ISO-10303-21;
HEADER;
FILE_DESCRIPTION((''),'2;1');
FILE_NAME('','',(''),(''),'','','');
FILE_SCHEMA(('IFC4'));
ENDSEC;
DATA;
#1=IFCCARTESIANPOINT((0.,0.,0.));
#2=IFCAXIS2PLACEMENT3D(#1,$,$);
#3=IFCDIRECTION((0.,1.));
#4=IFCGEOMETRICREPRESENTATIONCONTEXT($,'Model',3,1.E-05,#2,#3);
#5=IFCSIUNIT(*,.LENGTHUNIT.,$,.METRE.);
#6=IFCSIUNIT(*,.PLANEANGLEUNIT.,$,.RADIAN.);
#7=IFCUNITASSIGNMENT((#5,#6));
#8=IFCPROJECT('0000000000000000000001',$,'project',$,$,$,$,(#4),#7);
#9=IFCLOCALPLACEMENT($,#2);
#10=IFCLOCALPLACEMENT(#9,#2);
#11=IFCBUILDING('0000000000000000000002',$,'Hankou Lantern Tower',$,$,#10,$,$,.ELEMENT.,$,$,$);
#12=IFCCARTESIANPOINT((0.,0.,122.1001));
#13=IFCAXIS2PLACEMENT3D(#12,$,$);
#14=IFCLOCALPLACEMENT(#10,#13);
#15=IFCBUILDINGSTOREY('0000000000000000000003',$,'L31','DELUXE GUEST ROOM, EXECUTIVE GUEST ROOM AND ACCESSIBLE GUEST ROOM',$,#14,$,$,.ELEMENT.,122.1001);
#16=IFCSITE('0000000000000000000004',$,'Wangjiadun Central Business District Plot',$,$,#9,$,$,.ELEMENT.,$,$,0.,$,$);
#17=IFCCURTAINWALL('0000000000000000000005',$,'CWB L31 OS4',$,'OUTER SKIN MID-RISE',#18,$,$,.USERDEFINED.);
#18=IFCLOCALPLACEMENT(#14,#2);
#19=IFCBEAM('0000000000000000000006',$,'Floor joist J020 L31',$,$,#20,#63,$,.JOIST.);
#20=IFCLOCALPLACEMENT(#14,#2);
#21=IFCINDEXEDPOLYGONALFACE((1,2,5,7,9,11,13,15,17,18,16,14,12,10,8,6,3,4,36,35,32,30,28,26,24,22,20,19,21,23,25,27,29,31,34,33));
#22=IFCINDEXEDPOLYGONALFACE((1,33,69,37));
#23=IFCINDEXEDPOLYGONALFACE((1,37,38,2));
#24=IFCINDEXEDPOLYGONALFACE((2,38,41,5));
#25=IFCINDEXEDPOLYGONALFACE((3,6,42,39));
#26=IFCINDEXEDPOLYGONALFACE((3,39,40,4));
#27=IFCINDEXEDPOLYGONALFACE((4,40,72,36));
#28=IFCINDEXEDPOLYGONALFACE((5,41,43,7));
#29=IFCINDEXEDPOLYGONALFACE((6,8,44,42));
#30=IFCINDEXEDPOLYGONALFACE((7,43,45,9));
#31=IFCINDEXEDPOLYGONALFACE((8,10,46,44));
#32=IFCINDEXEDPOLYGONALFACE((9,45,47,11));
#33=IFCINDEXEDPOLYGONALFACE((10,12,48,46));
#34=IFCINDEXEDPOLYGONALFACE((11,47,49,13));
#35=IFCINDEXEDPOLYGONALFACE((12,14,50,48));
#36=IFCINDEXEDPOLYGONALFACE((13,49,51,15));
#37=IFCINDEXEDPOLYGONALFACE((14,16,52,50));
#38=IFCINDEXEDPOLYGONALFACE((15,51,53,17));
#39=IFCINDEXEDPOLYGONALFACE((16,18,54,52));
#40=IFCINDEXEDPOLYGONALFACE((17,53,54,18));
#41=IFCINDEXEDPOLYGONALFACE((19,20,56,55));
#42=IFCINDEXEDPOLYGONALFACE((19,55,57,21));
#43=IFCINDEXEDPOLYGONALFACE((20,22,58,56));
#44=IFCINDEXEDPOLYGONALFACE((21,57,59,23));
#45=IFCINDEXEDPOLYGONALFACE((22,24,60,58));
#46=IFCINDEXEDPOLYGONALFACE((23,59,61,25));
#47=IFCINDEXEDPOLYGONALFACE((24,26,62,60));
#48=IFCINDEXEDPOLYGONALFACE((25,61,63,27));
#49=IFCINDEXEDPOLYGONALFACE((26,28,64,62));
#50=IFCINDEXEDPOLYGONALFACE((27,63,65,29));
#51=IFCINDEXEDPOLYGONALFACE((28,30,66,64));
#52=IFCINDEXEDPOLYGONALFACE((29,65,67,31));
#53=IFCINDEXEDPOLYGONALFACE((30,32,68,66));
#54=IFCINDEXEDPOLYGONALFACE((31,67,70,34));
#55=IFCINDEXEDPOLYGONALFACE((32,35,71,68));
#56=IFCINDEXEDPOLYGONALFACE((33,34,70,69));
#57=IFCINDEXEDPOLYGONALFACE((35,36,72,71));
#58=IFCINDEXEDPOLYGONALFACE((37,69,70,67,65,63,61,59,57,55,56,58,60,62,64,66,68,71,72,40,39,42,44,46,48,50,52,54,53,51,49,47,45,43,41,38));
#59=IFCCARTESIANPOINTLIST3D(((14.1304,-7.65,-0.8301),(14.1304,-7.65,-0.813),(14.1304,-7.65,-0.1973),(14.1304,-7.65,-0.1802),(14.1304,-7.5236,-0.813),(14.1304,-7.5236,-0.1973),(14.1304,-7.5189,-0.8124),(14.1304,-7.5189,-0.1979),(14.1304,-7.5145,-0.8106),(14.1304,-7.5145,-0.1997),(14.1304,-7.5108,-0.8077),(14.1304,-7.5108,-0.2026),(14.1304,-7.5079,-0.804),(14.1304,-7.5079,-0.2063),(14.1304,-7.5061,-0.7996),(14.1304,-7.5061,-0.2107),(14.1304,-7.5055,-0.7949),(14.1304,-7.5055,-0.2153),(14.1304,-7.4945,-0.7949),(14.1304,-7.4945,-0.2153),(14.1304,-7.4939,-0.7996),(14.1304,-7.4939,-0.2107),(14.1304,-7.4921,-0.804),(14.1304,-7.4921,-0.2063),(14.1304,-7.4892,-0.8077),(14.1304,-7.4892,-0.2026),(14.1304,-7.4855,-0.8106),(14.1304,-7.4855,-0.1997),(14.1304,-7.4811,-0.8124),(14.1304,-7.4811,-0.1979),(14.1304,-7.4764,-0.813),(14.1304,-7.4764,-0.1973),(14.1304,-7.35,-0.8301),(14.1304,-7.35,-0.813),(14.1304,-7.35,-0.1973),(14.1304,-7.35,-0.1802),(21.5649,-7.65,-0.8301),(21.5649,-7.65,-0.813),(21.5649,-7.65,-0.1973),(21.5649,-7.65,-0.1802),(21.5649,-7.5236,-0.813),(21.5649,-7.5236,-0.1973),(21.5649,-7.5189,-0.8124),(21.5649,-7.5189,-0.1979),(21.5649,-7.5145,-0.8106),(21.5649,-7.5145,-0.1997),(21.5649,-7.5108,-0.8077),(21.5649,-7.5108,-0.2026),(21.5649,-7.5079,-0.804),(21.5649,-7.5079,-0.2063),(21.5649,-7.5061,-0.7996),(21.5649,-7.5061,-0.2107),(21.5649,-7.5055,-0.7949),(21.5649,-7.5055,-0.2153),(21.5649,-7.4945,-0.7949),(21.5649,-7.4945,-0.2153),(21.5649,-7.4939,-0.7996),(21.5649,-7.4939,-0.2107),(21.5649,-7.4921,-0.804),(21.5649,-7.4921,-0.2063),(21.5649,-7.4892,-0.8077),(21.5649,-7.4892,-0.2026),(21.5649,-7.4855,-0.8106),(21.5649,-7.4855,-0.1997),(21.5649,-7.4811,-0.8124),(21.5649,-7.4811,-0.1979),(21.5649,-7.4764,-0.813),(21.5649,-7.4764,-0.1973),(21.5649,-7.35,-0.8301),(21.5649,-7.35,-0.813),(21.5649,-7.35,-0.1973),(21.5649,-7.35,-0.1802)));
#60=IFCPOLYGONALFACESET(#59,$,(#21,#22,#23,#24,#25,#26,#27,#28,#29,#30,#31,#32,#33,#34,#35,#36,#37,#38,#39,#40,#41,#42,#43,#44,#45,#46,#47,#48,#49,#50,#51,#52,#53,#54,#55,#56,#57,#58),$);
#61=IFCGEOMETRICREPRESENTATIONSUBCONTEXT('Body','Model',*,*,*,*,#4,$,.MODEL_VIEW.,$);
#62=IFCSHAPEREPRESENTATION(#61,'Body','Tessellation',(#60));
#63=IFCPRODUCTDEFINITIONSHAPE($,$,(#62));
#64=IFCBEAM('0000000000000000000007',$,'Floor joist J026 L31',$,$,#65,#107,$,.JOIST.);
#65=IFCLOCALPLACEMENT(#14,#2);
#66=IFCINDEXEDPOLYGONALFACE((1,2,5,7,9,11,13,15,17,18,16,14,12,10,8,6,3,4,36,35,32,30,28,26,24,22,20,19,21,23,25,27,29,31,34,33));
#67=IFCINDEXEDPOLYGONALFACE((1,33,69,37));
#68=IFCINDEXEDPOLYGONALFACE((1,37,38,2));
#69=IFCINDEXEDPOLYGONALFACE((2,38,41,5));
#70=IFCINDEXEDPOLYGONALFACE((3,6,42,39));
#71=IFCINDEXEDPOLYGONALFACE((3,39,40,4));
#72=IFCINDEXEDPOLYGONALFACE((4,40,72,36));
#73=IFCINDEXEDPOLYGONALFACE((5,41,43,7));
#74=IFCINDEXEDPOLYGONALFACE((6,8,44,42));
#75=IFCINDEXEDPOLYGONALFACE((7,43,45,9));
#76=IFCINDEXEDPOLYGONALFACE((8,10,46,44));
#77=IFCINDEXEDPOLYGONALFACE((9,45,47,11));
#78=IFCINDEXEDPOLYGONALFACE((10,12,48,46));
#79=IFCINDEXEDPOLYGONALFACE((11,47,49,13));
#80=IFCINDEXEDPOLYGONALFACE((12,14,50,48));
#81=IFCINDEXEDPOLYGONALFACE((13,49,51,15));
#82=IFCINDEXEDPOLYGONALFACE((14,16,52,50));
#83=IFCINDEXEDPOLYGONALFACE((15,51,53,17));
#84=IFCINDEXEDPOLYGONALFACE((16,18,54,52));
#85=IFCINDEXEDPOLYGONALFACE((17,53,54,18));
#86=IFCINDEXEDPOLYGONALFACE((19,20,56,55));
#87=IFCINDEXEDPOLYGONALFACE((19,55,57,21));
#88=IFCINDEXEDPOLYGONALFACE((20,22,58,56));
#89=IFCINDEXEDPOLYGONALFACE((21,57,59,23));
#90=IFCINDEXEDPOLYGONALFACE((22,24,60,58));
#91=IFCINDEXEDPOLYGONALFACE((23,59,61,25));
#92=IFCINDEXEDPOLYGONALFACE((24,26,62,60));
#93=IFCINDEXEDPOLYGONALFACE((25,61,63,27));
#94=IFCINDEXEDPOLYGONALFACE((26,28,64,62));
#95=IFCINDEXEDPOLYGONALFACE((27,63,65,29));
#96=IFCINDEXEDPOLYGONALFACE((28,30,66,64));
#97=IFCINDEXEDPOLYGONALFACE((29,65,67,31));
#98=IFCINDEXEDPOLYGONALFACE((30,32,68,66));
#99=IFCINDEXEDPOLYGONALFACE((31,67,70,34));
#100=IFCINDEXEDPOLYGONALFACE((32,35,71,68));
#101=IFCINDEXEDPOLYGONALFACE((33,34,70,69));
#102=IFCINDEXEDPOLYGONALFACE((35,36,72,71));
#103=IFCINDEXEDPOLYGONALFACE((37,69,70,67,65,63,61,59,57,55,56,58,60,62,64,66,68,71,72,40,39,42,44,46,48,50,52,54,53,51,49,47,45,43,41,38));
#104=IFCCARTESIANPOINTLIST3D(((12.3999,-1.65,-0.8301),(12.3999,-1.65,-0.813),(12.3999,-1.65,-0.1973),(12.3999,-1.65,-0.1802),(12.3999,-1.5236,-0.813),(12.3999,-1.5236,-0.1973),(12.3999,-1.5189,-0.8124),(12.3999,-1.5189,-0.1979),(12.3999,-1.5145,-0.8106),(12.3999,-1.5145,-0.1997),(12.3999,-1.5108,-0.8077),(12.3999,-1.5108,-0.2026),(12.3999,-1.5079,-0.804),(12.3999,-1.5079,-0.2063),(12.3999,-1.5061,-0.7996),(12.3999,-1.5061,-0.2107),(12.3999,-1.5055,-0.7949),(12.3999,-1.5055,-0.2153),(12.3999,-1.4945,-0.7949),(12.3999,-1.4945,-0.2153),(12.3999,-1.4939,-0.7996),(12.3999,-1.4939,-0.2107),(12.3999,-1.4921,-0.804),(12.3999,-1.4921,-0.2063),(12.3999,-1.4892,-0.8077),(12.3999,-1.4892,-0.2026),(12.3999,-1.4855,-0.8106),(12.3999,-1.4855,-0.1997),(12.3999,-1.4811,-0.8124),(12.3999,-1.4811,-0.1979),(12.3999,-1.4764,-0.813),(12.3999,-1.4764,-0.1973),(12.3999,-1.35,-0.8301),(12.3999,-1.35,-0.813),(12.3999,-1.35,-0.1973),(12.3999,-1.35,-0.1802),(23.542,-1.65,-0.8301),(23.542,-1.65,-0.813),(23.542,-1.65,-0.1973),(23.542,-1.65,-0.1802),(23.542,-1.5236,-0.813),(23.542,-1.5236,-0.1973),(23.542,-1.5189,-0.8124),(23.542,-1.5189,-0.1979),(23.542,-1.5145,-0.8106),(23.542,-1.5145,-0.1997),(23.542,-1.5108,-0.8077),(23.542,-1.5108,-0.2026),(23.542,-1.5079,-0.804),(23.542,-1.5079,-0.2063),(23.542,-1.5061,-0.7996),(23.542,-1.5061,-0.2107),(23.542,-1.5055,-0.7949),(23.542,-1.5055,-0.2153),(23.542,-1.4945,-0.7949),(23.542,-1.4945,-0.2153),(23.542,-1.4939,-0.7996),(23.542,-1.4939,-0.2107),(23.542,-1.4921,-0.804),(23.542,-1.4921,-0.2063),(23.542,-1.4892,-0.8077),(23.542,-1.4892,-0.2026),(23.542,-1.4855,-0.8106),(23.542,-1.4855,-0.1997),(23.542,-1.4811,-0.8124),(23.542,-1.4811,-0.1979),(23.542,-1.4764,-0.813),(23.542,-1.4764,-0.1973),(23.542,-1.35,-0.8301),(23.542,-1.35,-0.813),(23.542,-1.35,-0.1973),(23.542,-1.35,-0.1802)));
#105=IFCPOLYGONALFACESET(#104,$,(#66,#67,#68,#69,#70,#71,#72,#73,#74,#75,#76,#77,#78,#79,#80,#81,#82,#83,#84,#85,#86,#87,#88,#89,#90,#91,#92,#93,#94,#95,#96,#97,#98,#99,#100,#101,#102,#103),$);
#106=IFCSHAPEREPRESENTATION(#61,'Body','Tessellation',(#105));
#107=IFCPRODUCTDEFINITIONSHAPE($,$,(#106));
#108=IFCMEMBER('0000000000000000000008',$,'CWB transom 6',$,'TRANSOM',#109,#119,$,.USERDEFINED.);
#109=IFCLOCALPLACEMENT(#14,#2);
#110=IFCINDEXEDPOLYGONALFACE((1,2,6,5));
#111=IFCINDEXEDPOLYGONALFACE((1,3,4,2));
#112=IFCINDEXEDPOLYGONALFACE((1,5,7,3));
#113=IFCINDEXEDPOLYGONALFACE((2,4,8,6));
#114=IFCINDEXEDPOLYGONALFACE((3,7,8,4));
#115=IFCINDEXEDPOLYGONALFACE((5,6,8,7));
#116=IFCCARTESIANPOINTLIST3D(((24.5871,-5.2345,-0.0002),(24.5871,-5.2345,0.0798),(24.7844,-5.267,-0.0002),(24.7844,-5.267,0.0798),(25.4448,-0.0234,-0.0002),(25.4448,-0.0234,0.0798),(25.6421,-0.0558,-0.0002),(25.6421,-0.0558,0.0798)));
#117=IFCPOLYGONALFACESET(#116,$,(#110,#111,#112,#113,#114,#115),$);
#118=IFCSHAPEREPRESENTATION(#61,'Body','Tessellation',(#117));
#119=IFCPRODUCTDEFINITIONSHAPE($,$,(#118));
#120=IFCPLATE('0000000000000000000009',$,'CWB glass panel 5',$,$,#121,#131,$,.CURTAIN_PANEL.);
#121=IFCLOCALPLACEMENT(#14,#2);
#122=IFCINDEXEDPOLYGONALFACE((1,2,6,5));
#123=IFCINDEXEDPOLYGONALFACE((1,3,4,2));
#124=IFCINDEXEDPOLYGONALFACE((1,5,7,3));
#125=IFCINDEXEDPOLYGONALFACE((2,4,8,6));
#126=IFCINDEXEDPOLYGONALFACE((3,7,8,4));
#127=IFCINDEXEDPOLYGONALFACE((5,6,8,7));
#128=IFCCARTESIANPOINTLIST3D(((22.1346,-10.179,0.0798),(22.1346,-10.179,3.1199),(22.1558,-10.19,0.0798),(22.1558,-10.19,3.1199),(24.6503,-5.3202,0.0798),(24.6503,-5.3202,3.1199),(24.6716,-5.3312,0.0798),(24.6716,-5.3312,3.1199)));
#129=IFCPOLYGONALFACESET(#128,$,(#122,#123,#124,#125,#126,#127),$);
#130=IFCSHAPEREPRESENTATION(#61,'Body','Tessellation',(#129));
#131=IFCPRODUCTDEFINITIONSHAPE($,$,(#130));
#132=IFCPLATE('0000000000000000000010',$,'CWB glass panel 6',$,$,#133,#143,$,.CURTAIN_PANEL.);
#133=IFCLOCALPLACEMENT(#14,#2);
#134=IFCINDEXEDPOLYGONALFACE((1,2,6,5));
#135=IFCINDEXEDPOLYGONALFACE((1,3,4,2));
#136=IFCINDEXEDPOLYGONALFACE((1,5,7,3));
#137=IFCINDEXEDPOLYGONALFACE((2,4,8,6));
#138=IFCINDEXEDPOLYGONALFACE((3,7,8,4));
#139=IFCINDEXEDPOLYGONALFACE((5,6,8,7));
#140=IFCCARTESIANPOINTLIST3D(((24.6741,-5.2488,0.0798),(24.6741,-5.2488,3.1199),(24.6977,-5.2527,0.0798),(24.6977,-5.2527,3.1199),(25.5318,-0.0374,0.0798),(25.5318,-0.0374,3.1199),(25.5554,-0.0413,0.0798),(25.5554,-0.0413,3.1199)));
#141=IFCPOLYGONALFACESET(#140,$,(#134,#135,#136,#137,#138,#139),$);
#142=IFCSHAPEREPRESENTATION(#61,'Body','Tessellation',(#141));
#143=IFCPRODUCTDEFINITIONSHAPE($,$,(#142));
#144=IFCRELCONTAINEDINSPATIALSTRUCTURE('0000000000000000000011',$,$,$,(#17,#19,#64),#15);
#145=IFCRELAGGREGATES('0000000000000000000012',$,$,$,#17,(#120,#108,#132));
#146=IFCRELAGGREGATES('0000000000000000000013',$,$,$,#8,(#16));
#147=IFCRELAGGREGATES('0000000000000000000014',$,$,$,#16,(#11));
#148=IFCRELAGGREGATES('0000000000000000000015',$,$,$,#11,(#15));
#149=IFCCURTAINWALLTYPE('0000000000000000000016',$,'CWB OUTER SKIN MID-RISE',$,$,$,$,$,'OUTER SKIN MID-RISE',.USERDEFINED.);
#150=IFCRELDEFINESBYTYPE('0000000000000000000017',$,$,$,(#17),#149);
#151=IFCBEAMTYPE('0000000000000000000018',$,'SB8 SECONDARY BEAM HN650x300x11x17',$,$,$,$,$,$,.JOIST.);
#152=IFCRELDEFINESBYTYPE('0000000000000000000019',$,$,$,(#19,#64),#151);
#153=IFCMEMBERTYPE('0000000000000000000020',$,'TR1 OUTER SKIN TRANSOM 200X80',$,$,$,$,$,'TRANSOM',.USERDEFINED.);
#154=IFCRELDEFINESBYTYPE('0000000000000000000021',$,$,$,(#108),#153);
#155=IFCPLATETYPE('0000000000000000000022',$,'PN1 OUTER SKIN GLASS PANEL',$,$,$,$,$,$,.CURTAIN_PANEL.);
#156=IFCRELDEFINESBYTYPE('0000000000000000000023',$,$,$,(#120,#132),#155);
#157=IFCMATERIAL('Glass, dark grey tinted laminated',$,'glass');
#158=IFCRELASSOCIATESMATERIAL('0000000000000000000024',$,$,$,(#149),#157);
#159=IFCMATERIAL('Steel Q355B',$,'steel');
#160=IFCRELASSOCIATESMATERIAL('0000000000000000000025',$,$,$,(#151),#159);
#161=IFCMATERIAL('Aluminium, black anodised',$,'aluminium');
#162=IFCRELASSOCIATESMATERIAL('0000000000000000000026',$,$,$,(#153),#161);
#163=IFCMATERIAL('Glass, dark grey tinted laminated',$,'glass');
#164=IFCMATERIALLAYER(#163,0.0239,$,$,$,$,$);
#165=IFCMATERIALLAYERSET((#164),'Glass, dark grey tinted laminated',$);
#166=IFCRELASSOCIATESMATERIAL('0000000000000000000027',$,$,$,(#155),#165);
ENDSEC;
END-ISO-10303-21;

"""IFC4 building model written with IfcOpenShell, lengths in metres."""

from ifc_helpers import new_model, si_unit, direction, frame, origin, origin_2d, place, context, subcontext, project, spatial, rectangle, i_section, extrude, material, layer, layer_set, material_profile, profile_set, type_object, element, aggregate, save


model = new_model("IFC4")

# Units and contexts
model_context = context("Model", 3, precision=1e-05, world=origin(), true_north=direction((0.0, 1.0)))
body_context = subcontext(model_context, "Body", "Model", "MODEL_VIEW")
ifc_project = project(units=[si_unit("LENGTHUNIT", "METRE"), si_unit("PLANEANGLEUNIT", "RADIAN")], contexts=[model_context])

# Site, building, storey
site_placement = place(None, origin())
site = spatial("IfcSite", under=ifc_project, at=site_placement, Name="Wangjiadun Central Business District Plot", CompositionType="ELEMENT", RefElevation=0.0)
building_placement = place(site_placement, origin())
building = spatial("IfcBuilding", under=site, at=building_placement, Name="Hankou Lantern Tower", CompositionType="ELEMENT")
storey_placement = place(building_placement, frame((0.0, 0.0, 122.1001)))
storey = spatial("IfcBuildingStorey", under=building, at=storey_placement, Name="L31", Description="DELUXE GUEST ROOM, EXECUTIVE GUEST ROOM AND ACCESSIBLE GUEST ROOM", CompositionType="ELEMENT", Elevation=122.1001)

# Curtain wall
ifc_material_1 = material(Name="Glass, dark grey tinted laminated", Category="glass")
curtain_wall_type = type_object("IfcCurtainWallType", Name="CWB OUTER SKIN MID-RISE", ElementType="OUTER SKIN MID-RISE", PredefinedType="USERDEFINED", material=ifc_material_1)
curtain_wall_placement = place(storey_placement, origin())
curtain_wall = element("IfcCurtainWall", 1, at=curtain_wall_placement, inside=storey, type_object=curtain_wall_type, Name="CWB L31 OS4", ObjectType="OUTER SKIN MID-RISE", PredefinedType="USERDEFINED")

# Beams
ifc_material_2 = material(Name="Steel Q355B", Category="steel")
ifc_material_profile_1 = material_profile(ifc_material_2, i_section(OverallWidth=0.3, OverallDepth=0.6499, WebThickness=0.011, FlangeThickness=0.0171, FilletRadius=0.0181, at=origin_2d()), Name="HN650x300x11x17")
ifc_profile_set_1 = profile_set([ifc_material_profile_1], Name="Steel Q355B")
beam_type_1 = type_object("IfcBeamType", Name="SB8 SECONDARY BEAM HN650x300x11x17", PredefinedType="JOIST", material=ifc_profile_set_1)
beam_1_placement = place(storey_placement, frame((14.1304, -7.5, -0.5051), z_axis=(1.0, 0.0, 0.0), x_axis=(0.0, 1.0, 0.0)))
element("IfcBeam", 2, at=beam_1_placement, inside=storey, type_object=beam_type_1, Name="Floor joist J020 L31", PredefinedType="JOIST", context=body_context, shape_type="SweptSolid", body=[
    extrude(i_section(OverallWidth=0.3, OverallDepth=0.6499, WebThickness=0.011, FlangeThickness=0.0171, FilletRadius=0.0181, at=origin_2d()), origin(), (0.0, 0.0, 1.0), 7.4346),
])
beam_2_placement = place(storey_placement, frame((12.3999, -1.5, -0.5051), z_axis=(1.0, 0.0, 0.0), x_axis=(0.0, 1.0, 0.0)))
element("IfcBeam", 3, at=beam_2_placement, inside=storey, type_object=beam_type_1, Name="Floor joist J026 L31", PredefinedType="JOIST", context=body_context, shape_type="SweptSolid", body=[
    extrude(i_section(OverallWidth=0.3, OverallDepth=0.6499, WebThickness=0.011, FlangeThickness=0.0171, FilletRadius=0.0181, at=origin_2d()), origin(), (0.0, 0.0, 1.0), 11.1421),
])

# Member
ifc_material_3 = material(Name="Aluminium, black anodised", Category="aluminium")
ifc_material_profile_2 = material_profile(ifc_material_3, rectangle(XDim=0.2, YDim=0.0801, at=origin_2d()), Name="TR1 200X80")
ifc_profile_set_2 = profile_set([ifc_material_profile_2], Name="Aluminium, black anodised")
member_type_1 = type_object("IfcMemberType", Name="TR1 OUTER SKIN TRANSOM 200X80", ElementType="TRANSOM", PredefinedType="USERDEFINED", material=ifc_profile_set_2)
member_1_placement = place(storey_placement, frame((24.6858, -5.2507, 0.0398), z_axis=(0.162397, 0.986725, 0.0), x_axis=(-0.986725, 0.162397, 0.0)))
member_1 = element("IfcMember", 4, at=member_1_placement, type_object=member_type_1, Name="CWB transom 6", ObjectType="TRANSOM", PredefinedType="USERDEFINED", context=body_context, shape_type="SweptSolid", body=[
    extrude(rectangle(XDim=0.2, YDim=0.0801, at=origin_2d()), origin(), (0.0, 0.0, 1.0), 5.2812),
])

# Plates
ifc_material_4 = material(Name="Glass, dark grey tinted laminated", Category="glass")
ifc_layer_1 = layer(ifc_material_4, 0.0239)
ifc_layer_set_1 = layer_set([ifc_layer_1], Name="Glass, dark grey tinted laminated")
plate_type = type_object("IfcPlateType", Name="PN1 OUTER SKIN GLASS PANEL", PredefinedType="CURTAIN_PANEL", material=ifc_layer_set_1)
plate_1_placement = place(storey_placement, frame((23.4031, -7.7551, 0.0798), z_axis=(0.0, 0.0, 1.0), x_axis=(0.459791, 0.888027, 0.0)))
plate_1 = element("IfcPlate", 5, at=plate_1_placement, type_object=plate_type, Name="CWB glass panel 5", PredefinedType="CURTAIN_PANEL", context=body_context, shape_type="SweptSolid", body=[
    extrude(rectangle(XDim=5.4714, YDim=0.0239, at=origin_2d()), origin(), (0.0, 0.0, 1.0), 3.04),
])
plate_2_placement = place(storey_placement, frame((25.1147, -2.645, 0.0798), z_axis=(0.0, 0.0, 1.0), x_axis=(0.162382, 0.986728, 0.0)))
plate_2 = element("IfcPlate", 6, at=plate_2_placement, type_object=plate_type, Name="CWB glass panel 6", PredefinedType="CURTAIN_PANEL", context=body_context, shape_type="SweptSolid", body=[
    extrude(rectangle(XDim=5.2815, YDim=0.0239, at=origin_2d()), origin(), (0.0, 0.0, 1.0), 3.04),
])
aggregate(curtain_wall, [plate_1, member_1, plate_2])

save(model, "model.ifc")
